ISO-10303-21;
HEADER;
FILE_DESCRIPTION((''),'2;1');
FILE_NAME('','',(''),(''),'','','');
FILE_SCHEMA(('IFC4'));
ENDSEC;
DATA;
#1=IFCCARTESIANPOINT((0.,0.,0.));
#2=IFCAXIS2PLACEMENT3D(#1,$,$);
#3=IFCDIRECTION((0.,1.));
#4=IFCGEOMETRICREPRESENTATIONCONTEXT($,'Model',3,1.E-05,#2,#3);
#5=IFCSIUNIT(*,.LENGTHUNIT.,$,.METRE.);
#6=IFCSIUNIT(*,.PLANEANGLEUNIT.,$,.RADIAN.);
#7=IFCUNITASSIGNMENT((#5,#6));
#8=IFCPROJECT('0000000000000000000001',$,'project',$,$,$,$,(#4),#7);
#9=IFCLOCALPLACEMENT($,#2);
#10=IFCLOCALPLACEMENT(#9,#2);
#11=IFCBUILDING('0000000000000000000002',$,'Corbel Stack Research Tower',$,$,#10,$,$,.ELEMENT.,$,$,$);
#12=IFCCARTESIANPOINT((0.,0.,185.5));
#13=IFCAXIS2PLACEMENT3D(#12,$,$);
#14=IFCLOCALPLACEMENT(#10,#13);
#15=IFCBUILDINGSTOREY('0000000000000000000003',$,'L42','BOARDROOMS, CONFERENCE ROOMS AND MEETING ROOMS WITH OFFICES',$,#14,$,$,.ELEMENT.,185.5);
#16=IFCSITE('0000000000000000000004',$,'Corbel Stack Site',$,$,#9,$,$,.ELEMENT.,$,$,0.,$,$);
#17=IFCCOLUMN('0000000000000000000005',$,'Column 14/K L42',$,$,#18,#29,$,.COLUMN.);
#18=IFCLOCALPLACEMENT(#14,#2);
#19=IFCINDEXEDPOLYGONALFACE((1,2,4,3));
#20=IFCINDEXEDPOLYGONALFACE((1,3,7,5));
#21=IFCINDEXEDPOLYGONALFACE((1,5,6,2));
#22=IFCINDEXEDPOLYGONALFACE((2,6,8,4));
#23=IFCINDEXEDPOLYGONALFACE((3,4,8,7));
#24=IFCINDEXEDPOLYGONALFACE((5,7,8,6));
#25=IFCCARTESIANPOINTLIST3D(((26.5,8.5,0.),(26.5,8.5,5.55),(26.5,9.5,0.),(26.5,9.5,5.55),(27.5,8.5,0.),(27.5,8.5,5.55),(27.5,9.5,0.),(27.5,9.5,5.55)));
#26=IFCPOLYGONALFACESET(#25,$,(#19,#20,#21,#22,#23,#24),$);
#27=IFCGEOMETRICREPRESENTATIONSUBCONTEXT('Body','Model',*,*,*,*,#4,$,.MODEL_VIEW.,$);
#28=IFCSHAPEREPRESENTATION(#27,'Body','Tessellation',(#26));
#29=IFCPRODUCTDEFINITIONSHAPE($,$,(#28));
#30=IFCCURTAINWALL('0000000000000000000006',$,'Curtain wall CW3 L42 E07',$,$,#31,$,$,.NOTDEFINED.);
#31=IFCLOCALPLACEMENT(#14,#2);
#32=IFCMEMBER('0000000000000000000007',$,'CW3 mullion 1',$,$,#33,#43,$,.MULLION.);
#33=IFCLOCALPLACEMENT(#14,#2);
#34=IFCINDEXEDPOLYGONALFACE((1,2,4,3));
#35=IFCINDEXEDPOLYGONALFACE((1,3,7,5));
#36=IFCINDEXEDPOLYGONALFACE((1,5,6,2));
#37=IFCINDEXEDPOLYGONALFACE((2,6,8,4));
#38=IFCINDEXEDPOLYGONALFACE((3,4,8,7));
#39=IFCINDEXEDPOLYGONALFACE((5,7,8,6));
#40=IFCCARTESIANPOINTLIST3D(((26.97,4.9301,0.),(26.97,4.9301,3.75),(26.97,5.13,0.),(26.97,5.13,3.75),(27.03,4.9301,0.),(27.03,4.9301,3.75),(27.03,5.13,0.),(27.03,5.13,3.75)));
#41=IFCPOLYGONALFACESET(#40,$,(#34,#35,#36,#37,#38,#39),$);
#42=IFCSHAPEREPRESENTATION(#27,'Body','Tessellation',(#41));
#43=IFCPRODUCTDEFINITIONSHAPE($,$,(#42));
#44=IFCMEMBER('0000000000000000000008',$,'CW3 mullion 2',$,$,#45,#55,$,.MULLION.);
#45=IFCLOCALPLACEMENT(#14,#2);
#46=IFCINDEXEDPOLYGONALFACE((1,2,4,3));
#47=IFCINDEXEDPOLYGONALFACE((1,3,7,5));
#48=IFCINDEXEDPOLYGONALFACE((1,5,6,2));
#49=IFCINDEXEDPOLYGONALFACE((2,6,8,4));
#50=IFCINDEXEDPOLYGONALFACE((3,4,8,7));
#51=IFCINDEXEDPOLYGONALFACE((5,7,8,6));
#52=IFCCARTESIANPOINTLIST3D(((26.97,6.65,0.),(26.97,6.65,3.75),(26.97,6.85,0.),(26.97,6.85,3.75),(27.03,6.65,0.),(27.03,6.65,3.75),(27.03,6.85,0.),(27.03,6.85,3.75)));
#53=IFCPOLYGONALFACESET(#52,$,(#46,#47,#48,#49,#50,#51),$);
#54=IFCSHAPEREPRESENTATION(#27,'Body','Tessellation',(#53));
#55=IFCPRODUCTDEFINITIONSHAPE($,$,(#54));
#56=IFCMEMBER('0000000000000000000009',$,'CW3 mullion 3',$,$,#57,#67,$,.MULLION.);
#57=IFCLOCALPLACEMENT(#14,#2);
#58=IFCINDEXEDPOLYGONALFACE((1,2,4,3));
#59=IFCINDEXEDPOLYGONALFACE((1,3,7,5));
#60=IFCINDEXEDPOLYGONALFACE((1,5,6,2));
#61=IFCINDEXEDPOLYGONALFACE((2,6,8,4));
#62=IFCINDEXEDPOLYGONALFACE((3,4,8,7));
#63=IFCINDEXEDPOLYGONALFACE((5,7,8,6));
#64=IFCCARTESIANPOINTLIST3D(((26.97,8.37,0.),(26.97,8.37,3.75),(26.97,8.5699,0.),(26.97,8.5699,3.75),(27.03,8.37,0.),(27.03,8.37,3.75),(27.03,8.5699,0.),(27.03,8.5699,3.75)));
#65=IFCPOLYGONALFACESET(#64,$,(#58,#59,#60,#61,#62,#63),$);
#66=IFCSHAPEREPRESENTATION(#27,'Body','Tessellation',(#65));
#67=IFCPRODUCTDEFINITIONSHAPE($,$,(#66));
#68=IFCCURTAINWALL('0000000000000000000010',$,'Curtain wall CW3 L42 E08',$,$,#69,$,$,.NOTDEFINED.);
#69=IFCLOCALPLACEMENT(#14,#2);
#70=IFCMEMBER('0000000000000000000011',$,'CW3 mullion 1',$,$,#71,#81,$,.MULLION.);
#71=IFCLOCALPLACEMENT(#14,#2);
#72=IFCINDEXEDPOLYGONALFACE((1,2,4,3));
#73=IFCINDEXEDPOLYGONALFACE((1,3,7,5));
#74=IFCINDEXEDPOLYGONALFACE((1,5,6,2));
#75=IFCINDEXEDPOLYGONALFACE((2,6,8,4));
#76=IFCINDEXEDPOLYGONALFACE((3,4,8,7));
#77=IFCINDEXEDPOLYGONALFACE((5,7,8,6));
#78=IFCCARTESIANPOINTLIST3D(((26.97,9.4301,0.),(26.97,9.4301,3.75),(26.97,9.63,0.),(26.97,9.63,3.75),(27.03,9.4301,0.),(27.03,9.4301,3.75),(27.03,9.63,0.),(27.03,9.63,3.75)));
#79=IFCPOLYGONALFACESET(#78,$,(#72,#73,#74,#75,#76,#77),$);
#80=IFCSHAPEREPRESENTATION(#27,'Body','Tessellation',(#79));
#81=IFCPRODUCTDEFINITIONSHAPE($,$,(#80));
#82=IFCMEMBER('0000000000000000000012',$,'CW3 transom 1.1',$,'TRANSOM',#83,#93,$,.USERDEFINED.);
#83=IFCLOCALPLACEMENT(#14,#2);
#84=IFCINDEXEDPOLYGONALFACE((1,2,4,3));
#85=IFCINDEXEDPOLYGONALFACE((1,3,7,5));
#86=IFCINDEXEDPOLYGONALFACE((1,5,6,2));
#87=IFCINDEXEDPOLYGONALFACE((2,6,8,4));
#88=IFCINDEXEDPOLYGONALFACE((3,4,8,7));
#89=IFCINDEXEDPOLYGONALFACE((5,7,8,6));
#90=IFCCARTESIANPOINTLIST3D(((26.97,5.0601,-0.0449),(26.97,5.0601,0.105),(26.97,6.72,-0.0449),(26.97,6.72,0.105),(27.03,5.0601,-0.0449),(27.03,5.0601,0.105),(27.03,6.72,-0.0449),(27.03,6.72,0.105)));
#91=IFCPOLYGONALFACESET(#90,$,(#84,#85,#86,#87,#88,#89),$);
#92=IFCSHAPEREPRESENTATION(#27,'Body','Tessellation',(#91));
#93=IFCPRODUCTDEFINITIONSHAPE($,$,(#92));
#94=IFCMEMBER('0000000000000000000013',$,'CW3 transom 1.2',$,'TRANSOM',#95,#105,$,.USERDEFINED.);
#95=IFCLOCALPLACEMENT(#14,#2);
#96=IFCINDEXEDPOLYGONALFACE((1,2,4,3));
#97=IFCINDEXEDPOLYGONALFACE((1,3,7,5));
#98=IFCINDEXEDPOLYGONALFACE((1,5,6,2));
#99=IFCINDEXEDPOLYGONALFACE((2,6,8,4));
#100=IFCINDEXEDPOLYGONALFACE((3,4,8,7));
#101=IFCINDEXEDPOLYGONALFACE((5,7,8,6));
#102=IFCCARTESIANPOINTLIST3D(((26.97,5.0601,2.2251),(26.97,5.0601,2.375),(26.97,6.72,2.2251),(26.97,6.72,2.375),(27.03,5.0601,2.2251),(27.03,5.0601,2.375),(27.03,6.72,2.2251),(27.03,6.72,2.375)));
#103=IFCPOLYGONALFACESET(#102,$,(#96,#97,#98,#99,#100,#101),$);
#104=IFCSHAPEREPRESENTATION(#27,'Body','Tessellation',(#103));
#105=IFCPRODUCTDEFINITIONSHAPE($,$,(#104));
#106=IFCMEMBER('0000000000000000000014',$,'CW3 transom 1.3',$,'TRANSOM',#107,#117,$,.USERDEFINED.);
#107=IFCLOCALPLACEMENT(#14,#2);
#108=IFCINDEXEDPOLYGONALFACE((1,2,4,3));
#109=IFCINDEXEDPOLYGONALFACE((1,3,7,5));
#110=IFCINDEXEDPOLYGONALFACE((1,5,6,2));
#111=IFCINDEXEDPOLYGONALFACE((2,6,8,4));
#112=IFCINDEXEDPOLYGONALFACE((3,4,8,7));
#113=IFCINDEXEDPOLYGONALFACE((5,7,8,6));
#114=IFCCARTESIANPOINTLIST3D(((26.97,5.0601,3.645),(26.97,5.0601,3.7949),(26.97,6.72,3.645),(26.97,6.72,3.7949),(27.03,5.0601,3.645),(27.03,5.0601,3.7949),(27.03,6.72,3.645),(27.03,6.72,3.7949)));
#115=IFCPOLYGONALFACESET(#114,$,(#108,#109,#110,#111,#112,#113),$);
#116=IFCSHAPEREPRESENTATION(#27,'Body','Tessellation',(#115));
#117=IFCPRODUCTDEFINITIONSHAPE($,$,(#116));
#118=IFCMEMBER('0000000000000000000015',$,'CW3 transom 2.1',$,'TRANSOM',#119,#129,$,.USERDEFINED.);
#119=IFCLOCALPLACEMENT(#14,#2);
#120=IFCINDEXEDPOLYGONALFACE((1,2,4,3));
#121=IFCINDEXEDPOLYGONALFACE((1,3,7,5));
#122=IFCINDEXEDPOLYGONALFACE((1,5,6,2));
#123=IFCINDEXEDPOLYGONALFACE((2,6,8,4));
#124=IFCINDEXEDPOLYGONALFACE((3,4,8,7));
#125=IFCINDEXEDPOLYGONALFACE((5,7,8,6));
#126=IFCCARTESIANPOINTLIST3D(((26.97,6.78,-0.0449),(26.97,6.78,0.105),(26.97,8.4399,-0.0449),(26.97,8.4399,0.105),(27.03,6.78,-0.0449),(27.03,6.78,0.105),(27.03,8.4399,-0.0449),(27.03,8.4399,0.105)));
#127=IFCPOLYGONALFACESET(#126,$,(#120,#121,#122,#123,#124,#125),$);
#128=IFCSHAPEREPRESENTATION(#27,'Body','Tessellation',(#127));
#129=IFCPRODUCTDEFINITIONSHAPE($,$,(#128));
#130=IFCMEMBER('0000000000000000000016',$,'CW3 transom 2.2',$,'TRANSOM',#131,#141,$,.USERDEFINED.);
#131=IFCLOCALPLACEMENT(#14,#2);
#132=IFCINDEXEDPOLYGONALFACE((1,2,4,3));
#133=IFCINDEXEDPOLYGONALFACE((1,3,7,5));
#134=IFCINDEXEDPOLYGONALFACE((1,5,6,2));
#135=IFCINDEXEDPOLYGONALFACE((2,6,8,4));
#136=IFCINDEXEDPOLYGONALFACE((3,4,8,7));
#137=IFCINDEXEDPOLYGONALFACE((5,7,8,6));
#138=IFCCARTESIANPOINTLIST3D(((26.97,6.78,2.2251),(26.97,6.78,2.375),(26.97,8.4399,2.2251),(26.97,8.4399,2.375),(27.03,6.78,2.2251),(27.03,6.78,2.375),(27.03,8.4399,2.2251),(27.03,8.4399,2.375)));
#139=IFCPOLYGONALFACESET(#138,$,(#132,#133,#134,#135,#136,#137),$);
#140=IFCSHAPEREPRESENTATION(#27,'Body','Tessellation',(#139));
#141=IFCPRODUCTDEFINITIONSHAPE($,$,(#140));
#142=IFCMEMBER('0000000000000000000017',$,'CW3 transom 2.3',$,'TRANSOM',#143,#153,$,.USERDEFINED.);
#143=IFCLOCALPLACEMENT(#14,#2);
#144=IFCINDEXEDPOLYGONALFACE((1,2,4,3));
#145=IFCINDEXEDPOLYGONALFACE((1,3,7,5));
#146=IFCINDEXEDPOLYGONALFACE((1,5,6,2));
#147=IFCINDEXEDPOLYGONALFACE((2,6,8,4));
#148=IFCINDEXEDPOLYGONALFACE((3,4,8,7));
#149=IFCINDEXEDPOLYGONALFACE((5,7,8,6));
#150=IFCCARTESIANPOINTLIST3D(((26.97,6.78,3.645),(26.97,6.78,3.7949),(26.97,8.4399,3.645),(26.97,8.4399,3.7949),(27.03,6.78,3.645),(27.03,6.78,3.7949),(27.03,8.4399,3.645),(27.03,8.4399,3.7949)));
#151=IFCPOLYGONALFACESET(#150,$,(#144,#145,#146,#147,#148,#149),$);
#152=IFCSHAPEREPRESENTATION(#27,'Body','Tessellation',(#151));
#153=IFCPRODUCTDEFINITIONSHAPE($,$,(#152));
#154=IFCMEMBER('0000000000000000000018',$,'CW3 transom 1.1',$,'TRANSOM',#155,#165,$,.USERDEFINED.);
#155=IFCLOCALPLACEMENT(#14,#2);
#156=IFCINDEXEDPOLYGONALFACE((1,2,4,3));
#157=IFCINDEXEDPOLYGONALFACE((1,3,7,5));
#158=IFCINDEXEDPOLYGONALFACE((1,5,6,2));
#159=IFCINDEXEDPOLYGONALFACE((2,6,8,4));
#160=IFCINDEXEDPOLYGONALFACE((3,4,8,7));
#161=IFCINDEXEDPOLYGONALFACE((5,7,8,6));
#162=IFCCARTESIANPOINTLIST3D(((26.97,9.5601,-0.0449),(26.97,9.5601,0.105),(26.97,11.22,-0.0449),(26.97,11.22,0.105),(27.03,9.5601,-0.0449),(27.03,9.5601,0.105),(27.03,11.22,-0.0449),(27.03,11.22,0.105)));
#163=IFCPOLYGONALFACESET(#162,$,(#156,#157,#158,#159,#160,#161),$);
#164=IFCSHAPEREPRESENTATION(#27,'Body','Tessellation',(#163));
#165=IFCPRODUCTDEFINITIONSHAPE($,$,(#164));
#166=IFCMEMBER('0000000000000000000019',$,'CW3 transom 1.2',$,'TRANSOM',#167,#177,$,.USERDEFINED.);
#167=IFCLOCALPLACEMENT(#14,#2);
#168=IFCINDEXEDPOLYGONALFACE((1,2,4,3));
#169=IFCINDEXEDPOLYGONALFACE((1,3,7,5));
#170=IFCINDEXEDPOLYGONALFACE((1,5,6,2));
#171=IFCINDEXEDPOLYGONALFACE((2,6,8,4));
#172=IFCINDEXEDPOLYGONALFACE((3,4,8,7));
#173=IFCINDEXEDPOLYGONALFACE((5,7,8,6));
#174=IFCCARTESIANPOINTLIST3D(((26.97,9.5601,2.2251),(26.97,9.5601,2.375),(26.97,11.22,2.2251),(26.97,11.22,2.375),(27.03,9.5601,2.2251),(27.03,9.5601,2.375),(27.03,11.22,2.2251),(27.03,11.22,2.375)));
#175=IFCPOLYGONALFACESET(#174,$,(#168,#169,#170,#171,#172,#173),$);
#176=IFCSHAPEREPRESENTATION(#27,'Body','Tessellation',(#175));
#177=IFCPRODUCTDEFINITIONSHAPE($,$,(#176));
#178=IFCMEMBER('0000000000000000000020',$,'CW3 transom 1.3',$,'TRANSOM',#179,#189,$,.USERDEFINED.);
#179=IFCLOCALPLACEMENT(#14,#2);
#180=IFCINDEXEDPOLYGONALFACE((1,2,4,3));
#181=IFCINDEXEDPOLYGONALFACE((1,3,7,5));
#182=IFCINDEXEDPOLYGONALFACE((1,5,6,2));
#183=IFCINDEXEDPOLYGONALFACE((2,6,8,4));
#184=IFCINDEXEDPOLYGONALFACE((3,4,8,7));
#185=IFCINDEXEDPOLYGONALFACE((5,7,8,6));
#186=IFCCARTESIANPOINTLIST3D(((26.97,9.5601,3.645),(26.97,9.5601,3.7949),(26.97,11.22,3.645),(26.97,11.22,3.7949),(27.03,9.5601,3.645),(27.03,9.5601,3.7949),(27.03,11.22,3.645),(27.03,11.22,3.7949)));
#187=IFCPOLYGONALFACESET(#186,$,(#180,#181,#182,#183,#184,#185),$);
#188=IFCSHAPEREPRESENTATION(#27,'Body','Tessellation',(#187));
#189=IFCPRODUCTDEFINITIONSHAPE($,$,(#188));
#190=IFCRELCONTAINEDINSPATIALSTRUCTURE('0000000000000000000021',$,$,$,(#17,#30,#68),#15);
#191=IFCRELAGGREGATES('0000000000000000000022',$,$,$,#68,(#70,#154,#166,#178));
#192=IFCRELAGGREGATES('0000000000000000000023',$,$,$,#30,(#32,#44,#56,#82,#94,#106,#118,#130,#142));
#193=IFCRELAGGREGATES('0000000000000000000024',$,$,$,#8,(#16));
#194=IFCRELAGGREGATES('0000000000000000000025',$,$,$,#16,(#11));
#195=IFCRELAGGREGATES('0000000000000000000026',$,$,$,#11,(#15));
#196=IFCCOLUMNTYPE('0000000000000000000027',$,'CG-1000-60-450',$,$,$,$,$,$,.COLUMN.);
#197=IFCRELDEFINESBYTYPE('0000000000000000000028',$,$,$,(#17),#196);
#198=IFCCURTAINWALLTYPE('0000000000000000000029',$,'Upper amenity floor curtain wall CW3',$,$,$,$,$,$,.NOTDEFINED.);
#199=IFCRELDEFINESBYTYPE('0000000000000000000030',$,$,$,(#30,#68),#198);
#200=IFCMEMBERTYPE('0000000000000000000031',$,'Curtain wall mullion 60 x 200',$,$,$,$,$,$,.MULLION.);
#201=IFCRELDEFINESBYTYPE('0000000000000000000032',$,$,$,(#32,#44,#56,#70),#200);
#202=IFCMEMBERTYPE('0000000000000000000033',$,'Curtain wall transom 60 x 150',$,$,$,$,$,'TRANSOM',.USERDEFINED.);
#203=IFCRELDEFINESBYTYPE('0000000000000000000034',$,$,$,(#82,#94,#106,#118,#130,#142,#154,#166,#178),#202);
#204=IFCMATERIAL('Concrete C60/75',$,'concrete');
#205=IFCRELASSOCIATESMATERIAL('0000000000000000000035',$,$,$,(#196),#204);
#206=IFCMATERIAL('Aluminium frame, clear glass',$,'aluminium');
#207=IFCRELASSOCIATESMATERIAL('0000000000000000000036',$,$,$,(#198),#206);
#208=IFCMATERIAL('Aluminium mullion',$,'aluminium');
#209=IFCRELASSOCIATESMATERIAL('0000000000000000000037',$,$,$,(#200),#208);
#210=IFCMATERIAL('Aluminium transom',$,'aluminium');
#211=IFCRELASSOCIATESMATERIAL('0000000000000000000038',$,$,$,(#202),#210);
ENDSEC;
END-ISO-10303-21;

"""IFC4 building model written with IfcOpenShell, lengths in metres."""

from ifc_helpers import new_model, si_unit, direction, frame, origin, origin_2d, place, context, subcontext, project, spatial, rectangle, extrude, material, material_profile, profile_set, type_object, element, aggregate, save


model = new_model("IFC4")

# Units and contexts
model_context = context("Model", 3, precision=1e-05, world=origin(), true_north=direction((0.0, 1.0)))
body_context = subcontext(model_context, "Body", "Model", "MODEL_VIEW")
ifc_project = project(units=[si_unit("LENGTHUNIT", "METRE"), si_unit("PLANEANGLEUNIT", "RADIAN")], contexts=[model_context])

# Site, building, storey
site_placement = place(None, origin())
site = spatial("IfcSite", under=ifc_project, at=site_placement, Name="Corbel Stack Site", CompositionType="ELEMENT", RefElevation=0.0)
building_placement = place(site_placement, origin())
building = spatial("IfcBuilding", under=site, at=building_placement, Name="Corbel Stack Research Tower", CompositionType="ELEMENT")
storey_placement = place(building_placement, frame((0.0, 0.0, 185.5)))
storey = spatial("IfcBuildingStorey", under=building, at=storey_placement, Name="L42", Description="BOARDROOMS, CONFERENCE ROOMS AND MEETING ROOMS WITH OFFICES", CompositionType="ELEMENT", Elevation=185.5)

# Column
ifc_material_1 = material(Name="Concrete C60/75", Category="concrete")
ifc_material_profile_1 = material_profile(ifc_material_1, rectangle(XDim=1.0, YDim=1.0, at=origin_2d()), Name="RC 1000 x 1000")
ifc_profile_set_1 = profile_set([ifc_material_profile_1], Name="Concrete C60/75")
column_type = type_object("IfcColumnType", Name="CG-1000-60-450", PredefinedType="COLUMN", material=ifc_profile_set_1)
column_placement = place(storey_placement, frame((27.0, 9.0, 0.0), z_axis=(0.0, 0.0, 1.0), x_axis=(1.0, 0.0, 0.0)))
element("IfcColumn", 1, at=column_placement, inside=storey, type_object=column_type, Name="Column 14/K L42", PredefinedType="COLUMN", context=body_context, shape_type="SweptSolid", body=[
    extrude(rectangle(XDim=1.0, YDim=1.0, at=origin_2d()), origin(), (0.0, 0.0, 1.0), 5.55),
])

# Curtain wall, members
ifc_material_2 = material(Name="Aluminium frame, clear glass", Category="aluminium")
curtain_wall_type = type_object("IfcCurtainWallType", Name="Upper amenity floor curtain wall CW3", PredefinedType="NOTDEFINED", material=ifc_material_2)
curtain_wall_1_placement = place(storey_placement, origin())
curtain_wall_1 = element("IfcCurtainWall", 2, at=curtain_wall_1_placement, inside=storey, type_object=curtain_wall_type, Name="Curtain wall CW3 L42 E07", PredefinedType="NOTDEFINED")
ifc_material_3 = material(Name="Aluminium mullion", Category="aluminium")
ifc_material_profile_2 = material_profile(ifc_material_3, rectangle(XDim=0.0601, YDim=0.2, at=origin_2d()), Name="Mullion 60 x 200")
ifc_profile_set_2 = profile_set([ifc_material_profile_2], Name="Aluminium mullion")
member_type_1 = type_object("IfcMemberType", Name="Curtain wall mullion 60 x 200", PredefinedType="MULLION", material=ifc_profile_set_2)
member_1_placement = place(storey_placement, frame((27.0, 5.03, 0.0), z_axis=(0.0, 0.0, 1.0), x_axis=(-1.0, 0.0, 0.0)))
member_1 = element("IfcMember", 3, at=member_1_placement, type_object=member_type_1, Name="CW3 mullion 1", PredefinedType="MULLION", context=body_context, shape_type="SweptSolid", body=[
    extrude(rectangle(XDim=0.0601, YDim=0.2, at=origin_2d()), origin(), (0.0, 0.0, 1.0), 3.75),
])
member_2_placement = place(storey_placement, frame((27.0, 6.75, 0.0), z_axis=(0.0, 0.0, 1.0), x_axis=(-1.0, 0.0, 0.0)))
member_2 = element("IfcMember", 4, at=member_2_placement, type_object=member_type_1, Name="CW3 mullion 2", PredefinedType="MULLION", context=body_context, shape_type="SweptSolid", body=[
    extrude(rectangle(XDim=0.0601, YDim=0.2, at=origin_2d()), origin(), (0.0, 0.0, 1.0), 3.75),
])
member_3_placement = place(storey_placement, frame((27.0, 8.47, 0.0), z_axis=(0.0, 0.0, 1.0), x_axis=(-1.0, 0.0, 0.0)))
member_3 = element("IfcMember", 5, at=member_3_placement, type_object=member_type_1, Name="CW3 mullion 3", PredefinedType="MULLION", context=body_context, shape_type="SweptSolid", body=[
    extrude(rectangle(XDim=0.0601, YDim=0.2, at=origin_2d()), origin(), (0.0, 0.0, 1.0), 3.75),
])

# Curtain wall, member
curtain_wall_2_placement = place(storey_placement, origin())
curtain_wall_2 = element("IfcCurtainWall", 6, at=curtain_wall_2_placement, inside=storey, type_object=curtain_wall_type, Name="Curtain wall CW3 L42 E08", PredefinedType="NOTDEFINED")
member_4_placement = place(storey_placement, frame((27.0, 9.53, 0.0), z_axis=(0.0, 0.0, 1.0), x_axis=(-1.0, 0.0, 0.0)))
member_4 = element("IfcMember", 7, at=member_4_placement, type_object=member_type_1, Name="CW3 mullion 1", PredefinedType="MULLION", context=body_context, shape_type="SweptSolid", body=[
    extrude(rectangle(XDim=0.0601, YDim=0.2, at=origin_2d()), origin(), (0.0, 0.0, 1.0), 3.75),
])

# Members
ifc_material_4 = material(Name="Aluminium transom", Category="aluminium")
ifc_material_profile_3 = material_profile(ifc_material_4, rectangle(XDim=0.0601, YDim=0.1499, at=origin_2d()), Name="Transom 60 x 150")
ifc_profile_set_3 = profile_set([ifc_material_profile_3], Name="Aluminium transom")
member_type_2 = type_object("IfcMemberType", Name="Curtain wall transom 60 x 150", ElementType="TRANSOM", PredefinedType="USERDEFINED", material=ifc_profile_set_3)
member_5_placement = place(storey_placement, frame((27.0, 5.0601, 0.03), z_axis=(0.0, 1.0, 0.0), x_axis=(-1.0, 0.0, 0.0)))
member_5 = element("IfcMember", 8, at=member_5_placement, type_object=member_type_2, Name="CW3 transom 1.1", ObjectType="TRANSOM", PredefinedType="USERDEFINED", context=body_context, shape_type="SweptSolid", body=[
    extrude(rectangle(XDim=0.0601, YDim=0.1499, at=origin_2d()), origin(), (0.0, 0.0, 1.0), 1.6599),
])
member_6_placement = place(storey_placement, frame((27.0, 5.0601, 2.3), z_axis=(0.0, 1.0, 0.0), x_axis=(-1.0, 0.0, 0.0)))
member_6 = element("IfcMember", 9, at=member_6_placement, type_object=member_type_2, Name="CW3 transom 1.2", ObjectType="TRANSOM", PredefinedType="USERDEFINED", context=body_context, shape_type="SweptSolid", body=[
    extrude(rectangle(XDim=0.0601, YDim=0.1499, at=origin_2d()), origin(), (0.0, 0.0, 1.0), 1.6599),
])
member_7_placement = place(storey_placement, frame((27.0, 5.0601, 3.72), z_axis=(0.0, 1.0, 0.0), x_axis=(-1.0, 0.0, 0.0)))
member_7 = element("IfcMember", 10, at=member_7_placement, type_object=member_type_2, Name="CW3 transom 1.3", ObjectType="TRANSOM", PredefinedType="USERDEFINED", context=body_context, shape_type="SweptSolid", body=[
    extrude(rectangle(XDim=0.0601, YDim=0.1499, at=origin_2d()), origin(), (0.0, 0.0, 1.0), 1.6599),
])
member_8_placement = place(storey_placement, frame((27.0, 6.78, 0.03), z_axis=(0.0, 1.0, 0.0), x_axis=(-1.0, 0.0, 0.0)))
member_8 = element("IfcMember", 11, at=member_8_placement, type_object=member_type_2, Name="CW3 transom 2.1", ObjectType="TRANSOM", PredefinedType="USERDEFINED", context=body_context, shape_type="SweptSolid", body=[
    extrude(rectangle(XDim=0.0601, YDim=0.1499, at=origin_2d()), origin(), (0.0, 0.0, 1.0), 1.6599),
])
member_9_placement = place(storey_placement, frame((27.0, 6.78, 2.3), z_axis=(0.0, 1.0, 0.0), x_axis=(-1.0, 0.0, 0.0)))
member_9 = element("IfcMember", 12, at=member_9_placement, type_object=member_type_2, Name="CW3 transom 2.2", ObjectType="TRANSOM", PredefinedType="USERDEFINED", context=body_context, shape_type="SweptSolid", body=[
    extrude(rectangle(XDim=0.0601, YDim=0.1499, at=origin_2d()), origin(), (0.0, 0.0, 1.0), 1.6599),
])
member_10_placement = place(storey_placement, frame((27.0, 6.78, 3.72), z_axis=(0.0, 1.0, 0.0), x_axis=(-1.0, 0.0, 0.0)))
member_10 = element("IfcMember", 13, at=member_10_placement, type_object=member_type_2, Name="CW3 transom 2.3", ObjectType="TRANSOM", PredefinedType="USERDEFINED", context=body_context, shape_type="SweptSolid", body=[
    extrude(rectangle(XDim=0.0601, YDim=0.1499, at=origin_2d()), origin(), (0.0, 0.0, 1.0), 1.6599),
])
member_11_placement = place(storey_placement, frame((27.0, 9.5601, 0.03), z_axis=(0.0, 1.0, 0.0), x_axis=(-1.0, 0.0, 0.0)))
member_11 = element("IfcMember", 14, at=member_11_placement, type_object=member_type_2, Name="CW3 transom 1.1", ObjectType="TRANSOM", PredefinedType="USERDEFINED", context=body_context, shape_type="SweptSolid", body=[
    extrude(rectangle(XDim=0.0601, YDim=0.1499, at=origin_2d()), origin(), (0.0, 0.0, 1.0), 1.6599),
])
member_12_placement = place(storey_placement, frame((27.0, 9.5601, 2.3), z_axis=(0.0, 1.0, 0.0), x_axis=(-1.0, 0.0, 0.0)))
member_12 = element("IfcMember", 15, at=member_12_placement, type_object=member_type_2, Name="CW3 transom 1.2", ObjectType="TRANSOM", PredefinedType="USERDEFINED", context=body_context, shape_type="SweptSolid", body=[
    extrude(rectangle(XDim=0.0601, YDim=0.1499, at=origin_2d()), origin(), (0.0, 0.0, 1.0), 1.6599),
])
member_13_placement = place(storey_placement, frame((27.0, 9.5601, 3.72), z_axis=(0.0, 1.0, 0.0), x_axis=(-1.0, 0.0, 0.0)))
member_13 = element("IfcMember", 16, at=member_13_placement, type_object=member_type_2, Name="CW3 transom 1.3", ObjectType="TRANSOM", PredefinedType="USERDEFINED", context=body_context, shape_type="SweptSolid", body=[
    extrude(rectangle(XDim=0.0601, YDim=0.1499, at=origin_2d()), origin(), (0.0, 0.0, 1.0), 1.6599),
])
aggregate(curtain_wall_2, [member_4, member_11, member_12, member_13])

aggregate(curtain_wall_1, [member_1, member_2, member_3, member_5, member_6, member_7, member_8, member_9, member_10])

save(model, "model.ifc")
